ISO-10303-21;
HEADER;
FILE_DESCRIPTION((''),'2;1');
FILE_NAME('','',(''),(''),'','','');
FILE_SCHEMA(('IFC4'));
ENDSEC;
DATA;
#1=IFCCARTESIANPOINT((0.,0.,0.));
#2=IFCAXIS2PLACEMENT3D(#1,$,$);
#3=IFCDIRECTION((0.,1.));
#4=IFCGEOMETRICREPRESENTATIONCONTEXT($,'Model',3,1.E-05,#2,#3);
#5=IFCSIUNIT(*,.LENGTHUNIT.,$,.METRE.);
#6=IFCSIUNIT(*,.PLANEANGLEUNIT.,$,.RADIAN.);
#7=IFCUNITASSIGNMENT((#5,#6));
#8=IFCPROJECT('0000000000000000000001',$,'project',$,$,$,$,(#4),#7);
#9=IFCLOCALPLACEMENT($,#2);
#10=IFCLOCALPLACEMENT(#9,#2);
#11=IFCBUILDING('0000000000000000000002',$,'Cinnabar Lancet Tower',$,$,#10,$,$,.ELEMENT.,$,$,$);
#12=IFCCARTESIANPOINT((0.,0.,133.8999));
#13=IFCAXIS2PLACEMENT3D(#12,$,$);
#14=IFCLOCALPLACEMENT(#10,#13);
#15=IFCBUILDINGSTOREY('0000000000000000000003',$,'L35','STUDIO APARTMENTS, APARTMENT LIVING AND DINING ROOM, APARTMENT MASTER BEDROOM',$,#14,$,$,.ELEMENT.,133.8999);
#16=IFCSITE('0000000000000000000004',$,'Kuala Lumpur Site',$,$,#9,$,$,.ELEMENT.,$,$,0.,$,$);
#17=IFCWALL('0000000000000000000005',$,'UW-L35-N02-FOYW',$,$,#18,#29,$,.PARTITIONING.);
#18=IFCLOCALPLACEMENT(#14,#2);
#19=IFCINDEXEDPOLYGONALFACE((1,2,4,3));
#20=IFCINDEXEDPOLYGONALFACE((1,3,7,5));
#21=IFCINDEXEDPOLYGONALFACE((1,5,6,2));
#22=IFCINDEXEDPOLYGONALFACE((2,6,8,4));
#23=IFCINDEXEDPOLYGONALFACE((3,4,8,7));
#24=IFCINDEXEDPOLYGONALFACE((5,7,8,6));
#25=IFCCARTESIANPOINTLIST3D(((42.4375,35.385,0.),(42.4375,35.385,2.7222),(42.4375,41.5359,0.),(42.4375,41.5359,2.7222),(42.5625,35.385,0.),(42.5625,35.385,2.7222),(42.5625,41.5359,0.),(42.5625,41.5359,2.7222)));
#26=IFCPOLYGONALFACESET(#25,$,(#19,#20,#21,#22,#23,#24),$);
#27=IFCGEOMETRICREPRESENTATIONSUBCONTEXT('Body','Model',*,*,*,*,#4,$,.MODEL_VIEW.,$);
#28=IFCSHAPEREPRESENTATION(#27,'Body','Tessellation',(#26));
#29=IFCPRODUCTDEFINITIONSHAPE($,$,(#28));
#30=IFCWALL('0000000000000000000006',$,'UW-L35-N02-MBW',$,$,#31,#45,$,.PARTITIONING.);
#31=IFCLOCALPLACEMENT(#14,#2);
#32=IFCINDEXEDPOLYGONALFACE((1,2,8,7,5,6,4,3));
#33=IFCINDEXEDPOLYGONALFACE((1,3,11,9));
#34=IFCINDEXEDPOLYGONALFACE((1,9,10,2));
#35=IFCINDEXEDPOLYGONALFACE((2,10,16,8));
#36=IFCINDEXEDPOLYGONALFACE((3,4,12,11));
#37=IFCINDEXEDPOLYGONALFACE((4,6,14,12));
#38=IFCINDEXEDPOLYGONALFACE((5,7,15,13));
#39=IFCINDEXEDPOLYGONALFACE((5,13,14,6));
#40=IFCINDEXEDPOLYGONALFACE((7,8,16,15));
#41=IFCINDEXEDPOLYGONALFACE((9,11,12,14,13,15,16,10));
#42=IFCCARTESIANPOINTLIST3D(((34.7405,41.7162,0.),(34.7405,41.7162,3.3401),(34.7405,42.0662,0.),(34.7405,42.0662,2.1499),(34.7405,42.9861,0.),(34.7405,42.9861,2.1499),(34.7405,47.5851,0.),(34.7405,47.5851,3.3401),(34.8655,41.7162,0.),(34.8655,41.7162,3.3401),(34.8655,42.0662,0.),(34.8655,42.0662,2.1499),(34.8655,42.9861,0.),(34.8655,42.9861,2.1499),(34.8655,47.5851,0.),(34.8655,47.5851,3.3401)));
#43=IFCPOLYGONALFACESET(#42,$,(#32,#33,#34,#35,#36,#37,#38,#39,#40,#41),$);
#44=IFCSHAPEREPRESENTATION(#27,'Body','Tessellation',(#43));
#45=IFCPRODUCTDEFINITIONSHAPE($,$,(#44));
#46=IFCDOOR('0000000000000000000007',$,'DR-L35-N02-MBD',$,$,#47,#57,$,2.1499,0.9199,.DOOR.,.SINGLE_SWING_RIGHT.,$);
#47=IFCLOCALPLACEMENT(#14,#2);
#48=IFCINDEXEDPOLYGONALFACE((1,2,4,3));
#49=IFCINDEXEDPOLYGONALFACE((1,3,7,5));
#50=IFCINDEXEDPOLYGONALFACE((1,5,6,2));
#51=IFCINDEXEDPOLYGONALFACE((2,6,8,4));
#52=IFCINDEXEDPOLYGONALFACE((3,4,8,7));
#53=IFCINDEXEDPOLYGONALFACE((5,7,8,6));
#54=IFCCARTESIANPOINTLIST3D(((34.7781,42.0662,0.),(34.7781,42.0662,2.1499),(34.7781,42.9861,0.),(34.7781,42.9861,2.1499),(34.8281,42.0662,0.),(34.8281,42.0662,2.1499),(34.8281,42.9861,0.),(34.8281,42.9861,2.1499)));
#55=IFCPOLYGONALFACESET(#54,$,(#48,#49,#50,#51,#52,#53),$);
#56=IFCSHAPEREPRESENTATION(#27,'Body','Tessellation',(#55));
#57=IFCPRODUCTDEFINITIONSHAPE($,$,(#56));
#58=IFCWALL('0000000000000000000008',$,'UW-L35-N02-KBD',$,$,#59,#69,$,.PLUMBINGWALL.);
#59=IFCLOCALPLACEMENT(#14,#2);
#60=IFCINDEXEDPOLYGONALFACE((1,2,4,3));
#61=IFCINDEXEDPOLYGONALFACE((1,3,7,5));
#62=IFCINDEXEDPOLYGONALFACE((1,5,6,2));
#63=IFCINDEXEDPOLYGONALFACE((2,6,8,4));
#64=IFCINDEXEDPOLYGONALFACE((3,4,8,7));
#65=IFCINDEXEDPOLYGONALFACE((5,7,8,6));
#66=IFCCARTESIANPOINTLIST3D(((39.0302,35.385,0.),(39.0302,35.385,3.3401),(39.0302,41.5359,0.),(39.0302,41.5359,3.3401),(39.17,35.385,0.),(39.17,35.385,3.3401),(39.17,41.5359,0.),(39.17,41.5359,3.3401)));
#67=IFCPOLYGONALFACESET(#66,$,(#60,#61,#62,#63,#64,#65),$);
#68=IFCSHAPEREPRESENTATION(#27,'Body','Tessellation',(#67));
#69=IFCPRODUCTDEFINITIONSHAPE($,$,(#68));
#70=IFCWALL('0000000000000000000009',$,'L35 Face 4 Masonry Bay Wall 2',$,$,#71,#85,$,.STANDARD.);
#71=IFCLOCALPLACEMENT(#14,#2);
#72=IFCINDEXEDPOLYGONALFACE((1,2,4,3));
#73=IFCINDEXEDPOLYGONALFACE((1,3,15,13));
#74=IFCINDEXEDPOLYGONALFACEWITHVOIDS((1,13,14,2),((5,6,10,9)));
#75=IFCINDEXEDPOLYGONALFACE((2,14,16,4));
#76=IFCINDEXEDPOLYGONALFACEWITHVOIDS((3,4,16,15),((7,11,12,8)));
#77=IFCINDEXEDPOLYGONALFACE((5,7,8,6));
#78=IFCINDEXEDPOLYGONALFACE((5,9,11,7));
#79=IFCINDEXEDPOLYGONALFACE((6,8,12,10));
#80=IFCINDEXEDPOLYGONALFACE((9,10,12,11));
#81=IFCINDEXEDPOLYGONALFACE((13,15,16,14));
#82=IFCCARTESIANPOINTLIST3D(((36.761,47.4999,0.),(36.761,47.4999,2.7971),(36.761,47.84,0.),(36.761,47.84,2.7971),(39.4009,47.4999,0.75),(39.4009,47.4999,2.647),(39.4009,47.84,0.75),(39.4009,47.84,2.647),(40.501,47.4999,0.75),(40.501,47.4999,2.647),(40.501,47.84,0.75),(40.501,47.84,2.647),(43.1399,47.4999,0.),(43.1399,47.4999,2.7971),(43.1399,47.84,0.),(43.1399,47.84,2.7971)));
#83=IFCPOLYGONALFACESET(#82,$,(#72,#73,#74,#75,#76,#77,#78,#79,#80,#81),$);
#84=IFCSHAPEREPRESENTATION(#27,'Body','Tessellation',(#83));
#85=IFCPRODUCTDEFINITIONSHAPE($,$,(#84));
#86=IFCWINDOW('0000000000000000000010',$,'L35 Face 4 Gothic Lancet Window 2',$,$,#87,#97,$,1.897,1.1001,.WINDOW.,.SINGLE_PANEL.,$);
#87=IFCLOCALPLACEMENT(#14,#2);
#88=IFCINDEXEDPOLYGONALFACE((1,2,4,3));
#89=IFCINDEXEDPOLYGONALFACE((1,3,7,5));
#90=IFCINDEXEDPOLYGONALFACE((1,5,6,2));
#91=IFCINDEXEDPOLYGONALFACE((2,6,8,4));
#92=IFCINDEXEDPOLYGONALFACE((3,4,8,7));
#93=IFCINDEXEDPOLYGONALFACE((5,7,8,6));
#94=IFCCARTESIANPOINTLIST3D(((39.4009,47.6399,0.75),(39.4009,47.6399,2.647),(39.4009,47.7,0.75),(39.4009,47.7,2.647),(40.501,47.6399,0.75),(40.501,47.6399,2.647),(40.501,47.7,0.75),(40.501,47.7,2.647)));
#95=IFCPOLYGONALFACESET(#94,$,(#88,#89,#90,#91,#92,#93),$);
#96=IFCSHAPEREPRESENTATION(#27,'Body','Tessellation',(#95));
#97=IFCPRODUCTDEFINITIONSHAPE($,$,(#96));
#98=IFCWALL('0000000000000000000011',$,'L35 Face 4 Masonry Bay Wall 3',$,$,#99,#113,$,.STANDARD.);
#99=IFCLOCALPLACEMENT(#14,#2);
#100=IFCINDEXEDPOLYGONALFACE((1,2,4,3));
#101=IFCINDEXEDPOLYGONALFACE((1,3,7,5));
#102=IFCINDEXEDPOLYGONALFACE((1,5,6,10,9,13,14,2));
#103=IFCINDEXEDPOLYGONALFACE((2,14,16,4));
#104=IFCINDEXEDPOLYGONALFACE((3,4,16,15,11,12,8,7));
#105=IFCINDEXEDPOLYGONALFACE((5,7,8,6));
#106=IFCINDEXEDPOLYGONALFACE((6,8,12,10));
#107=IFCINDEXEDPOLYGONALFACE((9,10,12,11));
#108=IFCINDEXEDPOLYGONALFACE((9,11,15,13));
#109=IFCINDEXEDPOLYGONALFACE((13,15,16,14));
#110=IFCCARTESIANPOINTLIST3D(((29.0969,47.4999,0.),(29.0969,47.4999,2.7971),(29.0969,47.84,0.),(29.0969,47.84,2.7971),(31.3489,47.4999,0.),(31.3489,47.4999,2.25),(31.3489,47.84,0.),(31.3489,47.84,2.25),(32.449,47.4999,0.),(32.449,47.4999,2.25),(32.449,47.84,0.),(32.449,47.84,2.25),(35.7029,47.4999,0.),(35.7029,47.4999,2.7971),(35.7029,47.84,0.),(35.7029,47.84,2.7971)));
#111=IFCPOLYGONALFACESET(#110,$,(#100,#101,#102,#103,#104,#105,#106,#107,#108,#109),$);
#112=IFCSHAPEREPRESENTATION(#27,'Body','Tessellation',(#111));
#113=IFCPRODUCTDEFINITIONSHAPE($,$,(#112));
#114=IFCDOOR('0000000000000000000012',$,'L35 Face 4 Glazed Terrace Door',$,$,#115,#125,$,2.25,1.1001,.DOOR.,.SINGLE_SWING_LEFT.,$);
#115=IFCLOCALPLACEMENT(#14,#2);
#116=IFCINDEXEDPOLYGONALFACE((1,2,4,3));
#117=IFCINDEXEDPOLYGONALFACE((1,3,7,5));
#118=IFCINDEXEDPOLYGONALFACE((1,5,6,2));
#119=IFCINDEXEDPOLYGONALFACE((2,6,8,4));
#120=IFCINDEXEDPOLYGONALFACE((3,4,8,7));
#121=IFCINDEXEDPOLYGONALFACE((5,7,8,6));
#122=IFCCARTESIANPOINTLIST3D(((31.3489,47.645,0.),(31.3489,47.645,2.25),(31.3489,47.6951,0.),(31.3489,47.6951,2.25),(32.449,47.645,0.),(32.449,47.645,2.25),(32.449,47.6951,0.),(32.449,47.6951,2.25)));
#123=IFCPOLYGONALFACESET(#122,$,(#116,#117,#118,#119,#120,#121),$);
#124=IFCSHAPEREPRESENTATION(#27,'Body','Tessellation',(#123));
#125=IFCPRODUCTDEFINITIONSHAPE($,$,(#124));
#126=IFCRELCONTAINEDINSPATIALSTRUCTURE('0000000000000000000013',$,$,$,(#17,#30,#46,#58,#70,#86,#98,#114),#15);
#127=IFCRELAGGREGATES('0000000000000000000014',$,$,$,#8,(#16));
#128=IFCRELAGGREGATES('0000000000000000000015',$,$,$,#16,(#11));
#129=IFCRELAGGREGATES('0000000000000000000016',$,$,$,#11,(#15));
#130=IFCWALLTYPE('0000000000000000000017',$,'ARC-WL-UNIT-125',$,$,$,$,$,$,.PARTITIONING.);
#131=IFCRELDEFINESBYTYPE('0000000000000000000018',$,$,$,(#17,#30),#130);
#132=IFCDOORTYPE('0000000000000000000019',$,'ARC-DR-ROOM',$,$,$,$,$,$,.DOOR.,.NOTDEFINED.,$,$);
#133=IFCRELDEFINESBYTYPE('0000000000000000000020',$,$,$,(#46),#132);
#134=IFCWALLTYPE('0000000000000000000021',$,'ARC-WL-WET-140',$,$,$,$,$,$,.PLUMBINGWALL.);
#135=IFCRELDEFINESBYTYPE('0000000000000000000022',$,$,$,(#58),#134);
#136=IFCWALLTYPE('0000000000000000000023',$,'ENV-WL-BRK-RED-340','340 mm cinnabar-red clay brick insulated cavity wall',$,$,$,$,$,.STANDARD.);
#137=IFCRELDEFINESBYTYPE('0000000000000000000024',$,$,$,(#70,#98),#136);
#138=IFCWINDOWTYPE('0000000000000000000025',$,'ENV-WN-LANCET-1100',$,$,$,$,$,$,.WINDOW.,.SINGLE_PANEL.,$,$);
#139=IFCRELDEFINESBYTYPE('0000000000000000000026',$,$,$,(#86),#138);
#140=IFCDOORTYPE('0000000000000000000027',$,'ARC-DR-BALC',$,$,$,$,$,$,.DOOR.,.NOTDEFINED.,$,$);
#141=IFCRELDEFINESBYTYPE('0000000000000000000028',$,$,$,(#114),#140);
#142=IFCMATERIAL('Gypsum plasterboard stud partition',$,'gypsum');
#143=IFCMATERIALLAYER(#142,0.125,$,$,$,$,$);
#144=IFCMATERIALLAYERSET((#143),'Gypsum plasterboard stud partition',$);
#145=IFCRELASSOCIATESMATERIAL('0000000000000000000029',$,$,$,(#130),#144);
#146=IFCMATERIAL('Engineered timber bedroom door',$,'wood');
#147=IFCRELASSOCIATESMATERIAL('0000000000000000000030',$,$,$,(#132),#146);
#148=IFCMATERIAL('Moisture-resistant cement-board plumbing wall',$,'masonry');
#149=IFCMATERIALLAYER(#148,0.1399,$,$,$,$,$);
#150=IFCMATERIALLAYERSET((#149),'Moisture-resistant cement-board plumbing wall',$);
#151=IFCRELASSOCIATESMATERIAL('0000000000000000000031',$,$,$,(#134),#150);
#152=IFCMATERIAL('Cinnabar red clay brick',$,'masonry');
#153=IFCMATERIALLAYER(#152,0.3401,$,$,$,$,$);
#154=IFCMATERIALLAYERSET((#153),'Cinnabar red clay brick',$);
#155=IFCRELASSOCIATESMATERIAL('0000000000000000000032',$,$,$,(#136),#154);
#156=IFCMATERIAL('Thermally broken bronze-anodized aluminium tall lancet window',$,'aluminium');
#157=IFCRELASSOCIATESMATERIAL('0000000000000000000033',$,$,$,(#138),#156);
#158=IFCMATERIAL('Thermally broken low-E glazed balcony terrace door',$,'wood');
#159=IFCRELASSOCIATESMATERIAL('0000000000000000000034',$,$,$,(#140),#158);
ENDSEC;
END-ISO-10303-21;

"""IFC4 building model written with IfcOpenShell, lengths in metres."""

from ifc_helpers import new_model, si_unit, direction, frame, frame_2d, origin, place, context, subcontext, project, spatial, rectangle, extrude, material, layer, layer_set, type_object, element, fill, save


model = new_model("IFC4")

# Units and contexts
model_context = context("Model", 3, precision=1e-05, world=origin(), true_north=direction((0.0, 1.0)))
body_context = subcontext(model_context, "Body", "Model", "MODEL_VIEW")
ifc_project = project(units=[si_unit("LENGTHUNIT", "METRE"), si_unit("PLANEANGLEUNIT", "RADIAN")], contexts=[model_context])

# Site, building, storey
site_placement = place(None, origin())
site = spatial("IfcSite", under=ifc_project, at=site_placement, Name="Kuala Lumpur Site", CompositionType="ELEMENT", RefElevation=0.0)
building_placement = place(site_placement, origin())
building = spatial("IfcBuilding", under=site, at=building_placement, Name="Cinnabar Lancet Tower", CompositionType="ELEMENT")
storey_placement = place(building_placement, frame((0.0, 0.0, 133.8999)))
storey = spatial("IfcBuildingStorey", under=building, at=storey_placement, Name="L35", Description="STUDIO APARTMENTS, APARTMENT LIVING AND DINING ROOM, APARTMENT MASTER BEDROOM", CompositionType="ELEMENT", Elevation=133.8999)

# Wall
ifc_material_1 = material(Name="Gypsum plasterboard stud partition", Category="gypsum")
ifc_layer_1 = layer(ifc_material_1, 0.125)
ifc_layer_set_1 = layer_set([ifc_layer_1], Name="Gypsum plasterboard stud partition")
wall_type_1 = type_object("IfcWallType", Name="ARC-WL-UNIT-125", PredefinedType="PARTITIONING", material=ifc_layer_set_1)
wall_1_placement = place(storey_placement, frame((42.5, 35.385, 0.0), z_axis=(0.0, 0.0, 1.0), x_axis=(0.0, 1.0, 0.0)))
element("IfcWall", 1, at=wall_1_placement, inside=storey, type_object=wall_type_1, Name="UW-L35-N02-FOYW", PredefinedType="PARTITIONING", context=body_context, shape_type="SweptSolid", body=[
    extrude(rectangle(XDim=6.1509, YDim=0.125, at=frame_2d((3.0754, 0.0))), origin(), (0.0, 0.0, 1.0), 2.7222),
])

# Wall, opening, door
wall_2_placement = place(storey_placement, frame((34.803, 41.7161, 0.0), z_axis=(0.0, 0.0, 1.0), x_axis=(0.0, 1.0, 0.0)))
wall_2 = element("IfcWall", 2, at=wall_2_placement, inside=storey, type_object=wall_type_1, Name="UW-L35-N02-MBW", PredefinedType="PARTITIONING", context=body_context, shape_type="SweptSolid", body=[
    extrude(rectangle(XDim=5.8689, YDim=0.125, at=frame_2d((2.9346, 0.0))), origin(), (0.0, 0.0, 1.0), 3.3401),
])
opening_1_placement = place(wall_2_placement, frame((0.3501, 0.0, 0.0)))
opening_1 = element("IfcOpeningElement", 3, at=opening_1_placement, cuts=wall_2, PredefinedType="OPENING", context=body_context, shape_type="SweptSolid", body=[
    extrude(rectangle(XDim=0.9199, YDim=2.1499, at=frame_2d((0.46, 1.075))), frame((0.0, 0.0725, 0.0), z_axis=(0.0, -1.0, 0.0), x_axis=(1.0, 0.0, 0.0)), (0.0, 0.0, 1.0), 0.145),
])
ifc_material_2 = material(Name="Engineered timber bedroom door", Category="wood")
door_type_1 = type_object("IfcDoorType", Name="ARC-DR-ROOM", OperationType="NOTDEFINED", PredefinedType="DOOR", material=ifc_material_2)
door_1_placement = place(opening_1_placement, origin())
door_1 = element("IfcDoor", 4, at=door_1_placement, inside=storey, type_object=door_type_1, Name="DR-L35-N02-MBD", OperationType="SINGLE_SWING_RIGHT", OverallHeight=2.1499, OverallWidth=0.9199, PredefinedType="DOOR", context=body_context, shape_type="SweptSolid", body=[
    extrude(rectangle(XDim=0.9199, YDim=2.1499, at=frame_2d((0.46, 1.075))), frame((0.0, 0.0249, 0.0), z_axis=(0.0, -1.0, 0.0), x_axis=(1.0, 0.0, 0.0)), (0.0, 0.0, 1.0), 0.05),
])
fill(opening_1, door_1)

# Shared definitions
ifc_material_3 = material(Name="Moisture-resistant cement-board plumbing wall", Category="masonry")
ifc_layer_2 = layer(ifc_material_3, 0.1399)
ifc_layer_set_2 = layer_set([ifc_layer_2], Name="Moisture-resistant cement-board plumbing wall")
wall_type_2 = type_object("IfcWallType", Name="ARC-WL-WET-140", PredefinedType="PLUMBINGWALL", material=ifc_layer_set_2)

# Wall
wall_3_placement = place(storey_placement, frame((39.1001, 35.385, 0.0), z_axis=(0.0, 0.0, 1.0), x_axis=(0.0, 1.0, 0.0)))
element("IfcWall", 5, at=wall_3_placement, inside=storey, type_object=wall_type_2, Name="UW-L35-N02-KBD", PredefinedType="PLUMBINGWALL", context=body_context, shape_type="SweptSolid", body=[
    extrude(rectangle(XDim=6.1509, YDim=0.1399, at=frame_2d((3.0754, 0.0))), origin(), (0.0, 0.0, 1.0), 3.3401),
])

# Wall, opening, window
ifc_material_4 = material(Name="Cinnabar red clay brick", Category="masonry")
ifc_layer_3 = layer(ifc_material_4, 0.3401)
ifc_layer_set_3 = layer_set([ifc_layer_3], Name="Cinnabar red clay brick")
wall_type_3 = type_object("IfcWallType", Name="ENV-WL-BRK-RED-340", Description="340 mm cinnabar-red clay brick insulated cavity wall", PredefinedType="STANDARD", material=ifc_layer_set_3)
wall_4_placement = place(storey_placement, frame((43.1399, 47.6699, 0.0), z_axis=(0.0, 0.0, 1.0), x_axis=(-1.0, 0.0, 0.0)))
wall_4 = element("IfcWall", 6, at=wall_4_placement, inside=storey, type_object=wall_type_3, Name="L35 Face 4 Masonry Bay Wall 2", PredefinedType="STANDARD", context=body_context, shape_type="SweptSolid", body=[
    extrude(rectangle(XDim=6.3789, YDim=0.3401, at=frame_2d((3.1895, 0.0))), origin(), (0.0, 0.0, 1.0), 2.7971),
])
opening_2_placement = place(wall_4_placement, frame((2.6389, 0.0, 0.75)))
opening_2 = element("IfcOpeningElement", 7, at=opening_2_placement, cuts=wall_4, PredefinedType="OPENING", context=body_context, shape_type="SweptSolid", body=[
    extrude(rectangle(XDim=1.1001, YDim=1.897, at=frame_2d((0.55, 0.9485))), frame((0.0, 0.1799, 0.0), z_axis=(0.0, -1.0, 0.0), x_axis=(1.0, 0.0, 0.0)), (0.0, 0.0, 1.0), 0.3601),
])
ifc_material_5 = material(Name="Thermally broken bronze-anodized aluminium tall lancet window", Category="aluminium")
window_type = type_object("IfcWindowType", Name="ENV-WN-LANCET-1100", PartitioningType="SINGLE_PANEL", PredefinedType="WINDOW", material=ifc_material_5)
window_placement = place(opening_2_placement, origin())
window = element("IfcWindow", 8, at=window_placement, inside=storey, type_object=window_type, Name="L35 Face 4 Gothic Lancet Window 2", OverallHeight=1.897, OverallWidth=1.1001, PartitioningType="SINGLE_PANEL", PredefinedType="WINDOW", context=body_context, shape_type="SweptSolid", body=[
    extrude(rectangle(XDim=1.1001, YDim=1.897, at=frame_2d((0.55, 0.9485))), frame((0.0, 0.03, 0.0), z_axis=(0.0, -1.0, 0.0), x_axis=(1.0, 0.0, 0.0)), (0.0, 0.0, 1.0), 0.0601),
])
fill(opening_2, window)

# Wall, opening, door
wall_5_placement = place(storey_placement, frame((35.7029, 47.6699, 0.0), z_axis=(0.0, 0.0, 1.0), x_axis=(-1.0, 0.0, 0.0)))
wall_5 = element("IfcWall", 9, at=wall_5_placement, inside=storey, type_object=wall_type_3, Name="L35 Face 4 Masonry Bay Wall 3", PredefinedType="STANDARD", context=body_context, shape_type="SweptSolid", body=[
    extrude(rectangle(XDim=6.606, YDim=0.3401, at=frame_2d((3.303, 0.0))), origin(), (0.0, 0.0, 1.0), 2.7971),
])
opening_3_placement = place(wall_5_placement, frame((3.2539, 0.0, 0.0)))
opening_3 = element("IfcOpeningElement", 10, at=opening_3_placement, cuts=wall_5, PredefinedType="OPENING", context=body_context, shape_type="SweptSolid", body=[
    extrude(rectangle(XDim=1.1001, YDim=2.25, at=frame_2d((0.55, 1.125))), frame((0.0, 0.1799, 0.0), z_axis=(0.0, -1.0, 0.0), x_axis=(1.0, 0.0, 0.0)), (0.0, 0.0, 1.0), 0.3601),
])
ifc_material_6 = material(Name="Thermally broken low-E glazed balcony terrace door", Category="wood")
door_type_2 = type_object("IfcDoorType", Name="ARC-DR-BALC", OperationType="NOTDEFINED", PredefinedType="DOOR", material=ifc_material_6)
door_2_placement = place(opening_3_placement, origin())
door_2 = element("IfcDoor", 11, at=door_2_placement, inside=storey, type_object=door_type_2, Name="L35 Face 4 Glazed Terrace Door", OperationType="SINGLE_SWING_LEFT", OverallHeight=2.25, OverallWidth=1.1001, PredefinedType="DOOR", context=body_context, shape_type="SweptSolid", body=[
    extrude(rectangle(XDim=1.1001, YDim=2.25, at=frame_2d((0.55, 1.125))), frame((0.0, 0.0249, 0.0), z_axis=(0.0, -1.0, 0.0), x_axis=(1.0, 0.0, 0.0)), (0.0, 0.0, 1.0), 0.05),
])
fill(opening_3, door_2)

save(model, "model.ifc")
